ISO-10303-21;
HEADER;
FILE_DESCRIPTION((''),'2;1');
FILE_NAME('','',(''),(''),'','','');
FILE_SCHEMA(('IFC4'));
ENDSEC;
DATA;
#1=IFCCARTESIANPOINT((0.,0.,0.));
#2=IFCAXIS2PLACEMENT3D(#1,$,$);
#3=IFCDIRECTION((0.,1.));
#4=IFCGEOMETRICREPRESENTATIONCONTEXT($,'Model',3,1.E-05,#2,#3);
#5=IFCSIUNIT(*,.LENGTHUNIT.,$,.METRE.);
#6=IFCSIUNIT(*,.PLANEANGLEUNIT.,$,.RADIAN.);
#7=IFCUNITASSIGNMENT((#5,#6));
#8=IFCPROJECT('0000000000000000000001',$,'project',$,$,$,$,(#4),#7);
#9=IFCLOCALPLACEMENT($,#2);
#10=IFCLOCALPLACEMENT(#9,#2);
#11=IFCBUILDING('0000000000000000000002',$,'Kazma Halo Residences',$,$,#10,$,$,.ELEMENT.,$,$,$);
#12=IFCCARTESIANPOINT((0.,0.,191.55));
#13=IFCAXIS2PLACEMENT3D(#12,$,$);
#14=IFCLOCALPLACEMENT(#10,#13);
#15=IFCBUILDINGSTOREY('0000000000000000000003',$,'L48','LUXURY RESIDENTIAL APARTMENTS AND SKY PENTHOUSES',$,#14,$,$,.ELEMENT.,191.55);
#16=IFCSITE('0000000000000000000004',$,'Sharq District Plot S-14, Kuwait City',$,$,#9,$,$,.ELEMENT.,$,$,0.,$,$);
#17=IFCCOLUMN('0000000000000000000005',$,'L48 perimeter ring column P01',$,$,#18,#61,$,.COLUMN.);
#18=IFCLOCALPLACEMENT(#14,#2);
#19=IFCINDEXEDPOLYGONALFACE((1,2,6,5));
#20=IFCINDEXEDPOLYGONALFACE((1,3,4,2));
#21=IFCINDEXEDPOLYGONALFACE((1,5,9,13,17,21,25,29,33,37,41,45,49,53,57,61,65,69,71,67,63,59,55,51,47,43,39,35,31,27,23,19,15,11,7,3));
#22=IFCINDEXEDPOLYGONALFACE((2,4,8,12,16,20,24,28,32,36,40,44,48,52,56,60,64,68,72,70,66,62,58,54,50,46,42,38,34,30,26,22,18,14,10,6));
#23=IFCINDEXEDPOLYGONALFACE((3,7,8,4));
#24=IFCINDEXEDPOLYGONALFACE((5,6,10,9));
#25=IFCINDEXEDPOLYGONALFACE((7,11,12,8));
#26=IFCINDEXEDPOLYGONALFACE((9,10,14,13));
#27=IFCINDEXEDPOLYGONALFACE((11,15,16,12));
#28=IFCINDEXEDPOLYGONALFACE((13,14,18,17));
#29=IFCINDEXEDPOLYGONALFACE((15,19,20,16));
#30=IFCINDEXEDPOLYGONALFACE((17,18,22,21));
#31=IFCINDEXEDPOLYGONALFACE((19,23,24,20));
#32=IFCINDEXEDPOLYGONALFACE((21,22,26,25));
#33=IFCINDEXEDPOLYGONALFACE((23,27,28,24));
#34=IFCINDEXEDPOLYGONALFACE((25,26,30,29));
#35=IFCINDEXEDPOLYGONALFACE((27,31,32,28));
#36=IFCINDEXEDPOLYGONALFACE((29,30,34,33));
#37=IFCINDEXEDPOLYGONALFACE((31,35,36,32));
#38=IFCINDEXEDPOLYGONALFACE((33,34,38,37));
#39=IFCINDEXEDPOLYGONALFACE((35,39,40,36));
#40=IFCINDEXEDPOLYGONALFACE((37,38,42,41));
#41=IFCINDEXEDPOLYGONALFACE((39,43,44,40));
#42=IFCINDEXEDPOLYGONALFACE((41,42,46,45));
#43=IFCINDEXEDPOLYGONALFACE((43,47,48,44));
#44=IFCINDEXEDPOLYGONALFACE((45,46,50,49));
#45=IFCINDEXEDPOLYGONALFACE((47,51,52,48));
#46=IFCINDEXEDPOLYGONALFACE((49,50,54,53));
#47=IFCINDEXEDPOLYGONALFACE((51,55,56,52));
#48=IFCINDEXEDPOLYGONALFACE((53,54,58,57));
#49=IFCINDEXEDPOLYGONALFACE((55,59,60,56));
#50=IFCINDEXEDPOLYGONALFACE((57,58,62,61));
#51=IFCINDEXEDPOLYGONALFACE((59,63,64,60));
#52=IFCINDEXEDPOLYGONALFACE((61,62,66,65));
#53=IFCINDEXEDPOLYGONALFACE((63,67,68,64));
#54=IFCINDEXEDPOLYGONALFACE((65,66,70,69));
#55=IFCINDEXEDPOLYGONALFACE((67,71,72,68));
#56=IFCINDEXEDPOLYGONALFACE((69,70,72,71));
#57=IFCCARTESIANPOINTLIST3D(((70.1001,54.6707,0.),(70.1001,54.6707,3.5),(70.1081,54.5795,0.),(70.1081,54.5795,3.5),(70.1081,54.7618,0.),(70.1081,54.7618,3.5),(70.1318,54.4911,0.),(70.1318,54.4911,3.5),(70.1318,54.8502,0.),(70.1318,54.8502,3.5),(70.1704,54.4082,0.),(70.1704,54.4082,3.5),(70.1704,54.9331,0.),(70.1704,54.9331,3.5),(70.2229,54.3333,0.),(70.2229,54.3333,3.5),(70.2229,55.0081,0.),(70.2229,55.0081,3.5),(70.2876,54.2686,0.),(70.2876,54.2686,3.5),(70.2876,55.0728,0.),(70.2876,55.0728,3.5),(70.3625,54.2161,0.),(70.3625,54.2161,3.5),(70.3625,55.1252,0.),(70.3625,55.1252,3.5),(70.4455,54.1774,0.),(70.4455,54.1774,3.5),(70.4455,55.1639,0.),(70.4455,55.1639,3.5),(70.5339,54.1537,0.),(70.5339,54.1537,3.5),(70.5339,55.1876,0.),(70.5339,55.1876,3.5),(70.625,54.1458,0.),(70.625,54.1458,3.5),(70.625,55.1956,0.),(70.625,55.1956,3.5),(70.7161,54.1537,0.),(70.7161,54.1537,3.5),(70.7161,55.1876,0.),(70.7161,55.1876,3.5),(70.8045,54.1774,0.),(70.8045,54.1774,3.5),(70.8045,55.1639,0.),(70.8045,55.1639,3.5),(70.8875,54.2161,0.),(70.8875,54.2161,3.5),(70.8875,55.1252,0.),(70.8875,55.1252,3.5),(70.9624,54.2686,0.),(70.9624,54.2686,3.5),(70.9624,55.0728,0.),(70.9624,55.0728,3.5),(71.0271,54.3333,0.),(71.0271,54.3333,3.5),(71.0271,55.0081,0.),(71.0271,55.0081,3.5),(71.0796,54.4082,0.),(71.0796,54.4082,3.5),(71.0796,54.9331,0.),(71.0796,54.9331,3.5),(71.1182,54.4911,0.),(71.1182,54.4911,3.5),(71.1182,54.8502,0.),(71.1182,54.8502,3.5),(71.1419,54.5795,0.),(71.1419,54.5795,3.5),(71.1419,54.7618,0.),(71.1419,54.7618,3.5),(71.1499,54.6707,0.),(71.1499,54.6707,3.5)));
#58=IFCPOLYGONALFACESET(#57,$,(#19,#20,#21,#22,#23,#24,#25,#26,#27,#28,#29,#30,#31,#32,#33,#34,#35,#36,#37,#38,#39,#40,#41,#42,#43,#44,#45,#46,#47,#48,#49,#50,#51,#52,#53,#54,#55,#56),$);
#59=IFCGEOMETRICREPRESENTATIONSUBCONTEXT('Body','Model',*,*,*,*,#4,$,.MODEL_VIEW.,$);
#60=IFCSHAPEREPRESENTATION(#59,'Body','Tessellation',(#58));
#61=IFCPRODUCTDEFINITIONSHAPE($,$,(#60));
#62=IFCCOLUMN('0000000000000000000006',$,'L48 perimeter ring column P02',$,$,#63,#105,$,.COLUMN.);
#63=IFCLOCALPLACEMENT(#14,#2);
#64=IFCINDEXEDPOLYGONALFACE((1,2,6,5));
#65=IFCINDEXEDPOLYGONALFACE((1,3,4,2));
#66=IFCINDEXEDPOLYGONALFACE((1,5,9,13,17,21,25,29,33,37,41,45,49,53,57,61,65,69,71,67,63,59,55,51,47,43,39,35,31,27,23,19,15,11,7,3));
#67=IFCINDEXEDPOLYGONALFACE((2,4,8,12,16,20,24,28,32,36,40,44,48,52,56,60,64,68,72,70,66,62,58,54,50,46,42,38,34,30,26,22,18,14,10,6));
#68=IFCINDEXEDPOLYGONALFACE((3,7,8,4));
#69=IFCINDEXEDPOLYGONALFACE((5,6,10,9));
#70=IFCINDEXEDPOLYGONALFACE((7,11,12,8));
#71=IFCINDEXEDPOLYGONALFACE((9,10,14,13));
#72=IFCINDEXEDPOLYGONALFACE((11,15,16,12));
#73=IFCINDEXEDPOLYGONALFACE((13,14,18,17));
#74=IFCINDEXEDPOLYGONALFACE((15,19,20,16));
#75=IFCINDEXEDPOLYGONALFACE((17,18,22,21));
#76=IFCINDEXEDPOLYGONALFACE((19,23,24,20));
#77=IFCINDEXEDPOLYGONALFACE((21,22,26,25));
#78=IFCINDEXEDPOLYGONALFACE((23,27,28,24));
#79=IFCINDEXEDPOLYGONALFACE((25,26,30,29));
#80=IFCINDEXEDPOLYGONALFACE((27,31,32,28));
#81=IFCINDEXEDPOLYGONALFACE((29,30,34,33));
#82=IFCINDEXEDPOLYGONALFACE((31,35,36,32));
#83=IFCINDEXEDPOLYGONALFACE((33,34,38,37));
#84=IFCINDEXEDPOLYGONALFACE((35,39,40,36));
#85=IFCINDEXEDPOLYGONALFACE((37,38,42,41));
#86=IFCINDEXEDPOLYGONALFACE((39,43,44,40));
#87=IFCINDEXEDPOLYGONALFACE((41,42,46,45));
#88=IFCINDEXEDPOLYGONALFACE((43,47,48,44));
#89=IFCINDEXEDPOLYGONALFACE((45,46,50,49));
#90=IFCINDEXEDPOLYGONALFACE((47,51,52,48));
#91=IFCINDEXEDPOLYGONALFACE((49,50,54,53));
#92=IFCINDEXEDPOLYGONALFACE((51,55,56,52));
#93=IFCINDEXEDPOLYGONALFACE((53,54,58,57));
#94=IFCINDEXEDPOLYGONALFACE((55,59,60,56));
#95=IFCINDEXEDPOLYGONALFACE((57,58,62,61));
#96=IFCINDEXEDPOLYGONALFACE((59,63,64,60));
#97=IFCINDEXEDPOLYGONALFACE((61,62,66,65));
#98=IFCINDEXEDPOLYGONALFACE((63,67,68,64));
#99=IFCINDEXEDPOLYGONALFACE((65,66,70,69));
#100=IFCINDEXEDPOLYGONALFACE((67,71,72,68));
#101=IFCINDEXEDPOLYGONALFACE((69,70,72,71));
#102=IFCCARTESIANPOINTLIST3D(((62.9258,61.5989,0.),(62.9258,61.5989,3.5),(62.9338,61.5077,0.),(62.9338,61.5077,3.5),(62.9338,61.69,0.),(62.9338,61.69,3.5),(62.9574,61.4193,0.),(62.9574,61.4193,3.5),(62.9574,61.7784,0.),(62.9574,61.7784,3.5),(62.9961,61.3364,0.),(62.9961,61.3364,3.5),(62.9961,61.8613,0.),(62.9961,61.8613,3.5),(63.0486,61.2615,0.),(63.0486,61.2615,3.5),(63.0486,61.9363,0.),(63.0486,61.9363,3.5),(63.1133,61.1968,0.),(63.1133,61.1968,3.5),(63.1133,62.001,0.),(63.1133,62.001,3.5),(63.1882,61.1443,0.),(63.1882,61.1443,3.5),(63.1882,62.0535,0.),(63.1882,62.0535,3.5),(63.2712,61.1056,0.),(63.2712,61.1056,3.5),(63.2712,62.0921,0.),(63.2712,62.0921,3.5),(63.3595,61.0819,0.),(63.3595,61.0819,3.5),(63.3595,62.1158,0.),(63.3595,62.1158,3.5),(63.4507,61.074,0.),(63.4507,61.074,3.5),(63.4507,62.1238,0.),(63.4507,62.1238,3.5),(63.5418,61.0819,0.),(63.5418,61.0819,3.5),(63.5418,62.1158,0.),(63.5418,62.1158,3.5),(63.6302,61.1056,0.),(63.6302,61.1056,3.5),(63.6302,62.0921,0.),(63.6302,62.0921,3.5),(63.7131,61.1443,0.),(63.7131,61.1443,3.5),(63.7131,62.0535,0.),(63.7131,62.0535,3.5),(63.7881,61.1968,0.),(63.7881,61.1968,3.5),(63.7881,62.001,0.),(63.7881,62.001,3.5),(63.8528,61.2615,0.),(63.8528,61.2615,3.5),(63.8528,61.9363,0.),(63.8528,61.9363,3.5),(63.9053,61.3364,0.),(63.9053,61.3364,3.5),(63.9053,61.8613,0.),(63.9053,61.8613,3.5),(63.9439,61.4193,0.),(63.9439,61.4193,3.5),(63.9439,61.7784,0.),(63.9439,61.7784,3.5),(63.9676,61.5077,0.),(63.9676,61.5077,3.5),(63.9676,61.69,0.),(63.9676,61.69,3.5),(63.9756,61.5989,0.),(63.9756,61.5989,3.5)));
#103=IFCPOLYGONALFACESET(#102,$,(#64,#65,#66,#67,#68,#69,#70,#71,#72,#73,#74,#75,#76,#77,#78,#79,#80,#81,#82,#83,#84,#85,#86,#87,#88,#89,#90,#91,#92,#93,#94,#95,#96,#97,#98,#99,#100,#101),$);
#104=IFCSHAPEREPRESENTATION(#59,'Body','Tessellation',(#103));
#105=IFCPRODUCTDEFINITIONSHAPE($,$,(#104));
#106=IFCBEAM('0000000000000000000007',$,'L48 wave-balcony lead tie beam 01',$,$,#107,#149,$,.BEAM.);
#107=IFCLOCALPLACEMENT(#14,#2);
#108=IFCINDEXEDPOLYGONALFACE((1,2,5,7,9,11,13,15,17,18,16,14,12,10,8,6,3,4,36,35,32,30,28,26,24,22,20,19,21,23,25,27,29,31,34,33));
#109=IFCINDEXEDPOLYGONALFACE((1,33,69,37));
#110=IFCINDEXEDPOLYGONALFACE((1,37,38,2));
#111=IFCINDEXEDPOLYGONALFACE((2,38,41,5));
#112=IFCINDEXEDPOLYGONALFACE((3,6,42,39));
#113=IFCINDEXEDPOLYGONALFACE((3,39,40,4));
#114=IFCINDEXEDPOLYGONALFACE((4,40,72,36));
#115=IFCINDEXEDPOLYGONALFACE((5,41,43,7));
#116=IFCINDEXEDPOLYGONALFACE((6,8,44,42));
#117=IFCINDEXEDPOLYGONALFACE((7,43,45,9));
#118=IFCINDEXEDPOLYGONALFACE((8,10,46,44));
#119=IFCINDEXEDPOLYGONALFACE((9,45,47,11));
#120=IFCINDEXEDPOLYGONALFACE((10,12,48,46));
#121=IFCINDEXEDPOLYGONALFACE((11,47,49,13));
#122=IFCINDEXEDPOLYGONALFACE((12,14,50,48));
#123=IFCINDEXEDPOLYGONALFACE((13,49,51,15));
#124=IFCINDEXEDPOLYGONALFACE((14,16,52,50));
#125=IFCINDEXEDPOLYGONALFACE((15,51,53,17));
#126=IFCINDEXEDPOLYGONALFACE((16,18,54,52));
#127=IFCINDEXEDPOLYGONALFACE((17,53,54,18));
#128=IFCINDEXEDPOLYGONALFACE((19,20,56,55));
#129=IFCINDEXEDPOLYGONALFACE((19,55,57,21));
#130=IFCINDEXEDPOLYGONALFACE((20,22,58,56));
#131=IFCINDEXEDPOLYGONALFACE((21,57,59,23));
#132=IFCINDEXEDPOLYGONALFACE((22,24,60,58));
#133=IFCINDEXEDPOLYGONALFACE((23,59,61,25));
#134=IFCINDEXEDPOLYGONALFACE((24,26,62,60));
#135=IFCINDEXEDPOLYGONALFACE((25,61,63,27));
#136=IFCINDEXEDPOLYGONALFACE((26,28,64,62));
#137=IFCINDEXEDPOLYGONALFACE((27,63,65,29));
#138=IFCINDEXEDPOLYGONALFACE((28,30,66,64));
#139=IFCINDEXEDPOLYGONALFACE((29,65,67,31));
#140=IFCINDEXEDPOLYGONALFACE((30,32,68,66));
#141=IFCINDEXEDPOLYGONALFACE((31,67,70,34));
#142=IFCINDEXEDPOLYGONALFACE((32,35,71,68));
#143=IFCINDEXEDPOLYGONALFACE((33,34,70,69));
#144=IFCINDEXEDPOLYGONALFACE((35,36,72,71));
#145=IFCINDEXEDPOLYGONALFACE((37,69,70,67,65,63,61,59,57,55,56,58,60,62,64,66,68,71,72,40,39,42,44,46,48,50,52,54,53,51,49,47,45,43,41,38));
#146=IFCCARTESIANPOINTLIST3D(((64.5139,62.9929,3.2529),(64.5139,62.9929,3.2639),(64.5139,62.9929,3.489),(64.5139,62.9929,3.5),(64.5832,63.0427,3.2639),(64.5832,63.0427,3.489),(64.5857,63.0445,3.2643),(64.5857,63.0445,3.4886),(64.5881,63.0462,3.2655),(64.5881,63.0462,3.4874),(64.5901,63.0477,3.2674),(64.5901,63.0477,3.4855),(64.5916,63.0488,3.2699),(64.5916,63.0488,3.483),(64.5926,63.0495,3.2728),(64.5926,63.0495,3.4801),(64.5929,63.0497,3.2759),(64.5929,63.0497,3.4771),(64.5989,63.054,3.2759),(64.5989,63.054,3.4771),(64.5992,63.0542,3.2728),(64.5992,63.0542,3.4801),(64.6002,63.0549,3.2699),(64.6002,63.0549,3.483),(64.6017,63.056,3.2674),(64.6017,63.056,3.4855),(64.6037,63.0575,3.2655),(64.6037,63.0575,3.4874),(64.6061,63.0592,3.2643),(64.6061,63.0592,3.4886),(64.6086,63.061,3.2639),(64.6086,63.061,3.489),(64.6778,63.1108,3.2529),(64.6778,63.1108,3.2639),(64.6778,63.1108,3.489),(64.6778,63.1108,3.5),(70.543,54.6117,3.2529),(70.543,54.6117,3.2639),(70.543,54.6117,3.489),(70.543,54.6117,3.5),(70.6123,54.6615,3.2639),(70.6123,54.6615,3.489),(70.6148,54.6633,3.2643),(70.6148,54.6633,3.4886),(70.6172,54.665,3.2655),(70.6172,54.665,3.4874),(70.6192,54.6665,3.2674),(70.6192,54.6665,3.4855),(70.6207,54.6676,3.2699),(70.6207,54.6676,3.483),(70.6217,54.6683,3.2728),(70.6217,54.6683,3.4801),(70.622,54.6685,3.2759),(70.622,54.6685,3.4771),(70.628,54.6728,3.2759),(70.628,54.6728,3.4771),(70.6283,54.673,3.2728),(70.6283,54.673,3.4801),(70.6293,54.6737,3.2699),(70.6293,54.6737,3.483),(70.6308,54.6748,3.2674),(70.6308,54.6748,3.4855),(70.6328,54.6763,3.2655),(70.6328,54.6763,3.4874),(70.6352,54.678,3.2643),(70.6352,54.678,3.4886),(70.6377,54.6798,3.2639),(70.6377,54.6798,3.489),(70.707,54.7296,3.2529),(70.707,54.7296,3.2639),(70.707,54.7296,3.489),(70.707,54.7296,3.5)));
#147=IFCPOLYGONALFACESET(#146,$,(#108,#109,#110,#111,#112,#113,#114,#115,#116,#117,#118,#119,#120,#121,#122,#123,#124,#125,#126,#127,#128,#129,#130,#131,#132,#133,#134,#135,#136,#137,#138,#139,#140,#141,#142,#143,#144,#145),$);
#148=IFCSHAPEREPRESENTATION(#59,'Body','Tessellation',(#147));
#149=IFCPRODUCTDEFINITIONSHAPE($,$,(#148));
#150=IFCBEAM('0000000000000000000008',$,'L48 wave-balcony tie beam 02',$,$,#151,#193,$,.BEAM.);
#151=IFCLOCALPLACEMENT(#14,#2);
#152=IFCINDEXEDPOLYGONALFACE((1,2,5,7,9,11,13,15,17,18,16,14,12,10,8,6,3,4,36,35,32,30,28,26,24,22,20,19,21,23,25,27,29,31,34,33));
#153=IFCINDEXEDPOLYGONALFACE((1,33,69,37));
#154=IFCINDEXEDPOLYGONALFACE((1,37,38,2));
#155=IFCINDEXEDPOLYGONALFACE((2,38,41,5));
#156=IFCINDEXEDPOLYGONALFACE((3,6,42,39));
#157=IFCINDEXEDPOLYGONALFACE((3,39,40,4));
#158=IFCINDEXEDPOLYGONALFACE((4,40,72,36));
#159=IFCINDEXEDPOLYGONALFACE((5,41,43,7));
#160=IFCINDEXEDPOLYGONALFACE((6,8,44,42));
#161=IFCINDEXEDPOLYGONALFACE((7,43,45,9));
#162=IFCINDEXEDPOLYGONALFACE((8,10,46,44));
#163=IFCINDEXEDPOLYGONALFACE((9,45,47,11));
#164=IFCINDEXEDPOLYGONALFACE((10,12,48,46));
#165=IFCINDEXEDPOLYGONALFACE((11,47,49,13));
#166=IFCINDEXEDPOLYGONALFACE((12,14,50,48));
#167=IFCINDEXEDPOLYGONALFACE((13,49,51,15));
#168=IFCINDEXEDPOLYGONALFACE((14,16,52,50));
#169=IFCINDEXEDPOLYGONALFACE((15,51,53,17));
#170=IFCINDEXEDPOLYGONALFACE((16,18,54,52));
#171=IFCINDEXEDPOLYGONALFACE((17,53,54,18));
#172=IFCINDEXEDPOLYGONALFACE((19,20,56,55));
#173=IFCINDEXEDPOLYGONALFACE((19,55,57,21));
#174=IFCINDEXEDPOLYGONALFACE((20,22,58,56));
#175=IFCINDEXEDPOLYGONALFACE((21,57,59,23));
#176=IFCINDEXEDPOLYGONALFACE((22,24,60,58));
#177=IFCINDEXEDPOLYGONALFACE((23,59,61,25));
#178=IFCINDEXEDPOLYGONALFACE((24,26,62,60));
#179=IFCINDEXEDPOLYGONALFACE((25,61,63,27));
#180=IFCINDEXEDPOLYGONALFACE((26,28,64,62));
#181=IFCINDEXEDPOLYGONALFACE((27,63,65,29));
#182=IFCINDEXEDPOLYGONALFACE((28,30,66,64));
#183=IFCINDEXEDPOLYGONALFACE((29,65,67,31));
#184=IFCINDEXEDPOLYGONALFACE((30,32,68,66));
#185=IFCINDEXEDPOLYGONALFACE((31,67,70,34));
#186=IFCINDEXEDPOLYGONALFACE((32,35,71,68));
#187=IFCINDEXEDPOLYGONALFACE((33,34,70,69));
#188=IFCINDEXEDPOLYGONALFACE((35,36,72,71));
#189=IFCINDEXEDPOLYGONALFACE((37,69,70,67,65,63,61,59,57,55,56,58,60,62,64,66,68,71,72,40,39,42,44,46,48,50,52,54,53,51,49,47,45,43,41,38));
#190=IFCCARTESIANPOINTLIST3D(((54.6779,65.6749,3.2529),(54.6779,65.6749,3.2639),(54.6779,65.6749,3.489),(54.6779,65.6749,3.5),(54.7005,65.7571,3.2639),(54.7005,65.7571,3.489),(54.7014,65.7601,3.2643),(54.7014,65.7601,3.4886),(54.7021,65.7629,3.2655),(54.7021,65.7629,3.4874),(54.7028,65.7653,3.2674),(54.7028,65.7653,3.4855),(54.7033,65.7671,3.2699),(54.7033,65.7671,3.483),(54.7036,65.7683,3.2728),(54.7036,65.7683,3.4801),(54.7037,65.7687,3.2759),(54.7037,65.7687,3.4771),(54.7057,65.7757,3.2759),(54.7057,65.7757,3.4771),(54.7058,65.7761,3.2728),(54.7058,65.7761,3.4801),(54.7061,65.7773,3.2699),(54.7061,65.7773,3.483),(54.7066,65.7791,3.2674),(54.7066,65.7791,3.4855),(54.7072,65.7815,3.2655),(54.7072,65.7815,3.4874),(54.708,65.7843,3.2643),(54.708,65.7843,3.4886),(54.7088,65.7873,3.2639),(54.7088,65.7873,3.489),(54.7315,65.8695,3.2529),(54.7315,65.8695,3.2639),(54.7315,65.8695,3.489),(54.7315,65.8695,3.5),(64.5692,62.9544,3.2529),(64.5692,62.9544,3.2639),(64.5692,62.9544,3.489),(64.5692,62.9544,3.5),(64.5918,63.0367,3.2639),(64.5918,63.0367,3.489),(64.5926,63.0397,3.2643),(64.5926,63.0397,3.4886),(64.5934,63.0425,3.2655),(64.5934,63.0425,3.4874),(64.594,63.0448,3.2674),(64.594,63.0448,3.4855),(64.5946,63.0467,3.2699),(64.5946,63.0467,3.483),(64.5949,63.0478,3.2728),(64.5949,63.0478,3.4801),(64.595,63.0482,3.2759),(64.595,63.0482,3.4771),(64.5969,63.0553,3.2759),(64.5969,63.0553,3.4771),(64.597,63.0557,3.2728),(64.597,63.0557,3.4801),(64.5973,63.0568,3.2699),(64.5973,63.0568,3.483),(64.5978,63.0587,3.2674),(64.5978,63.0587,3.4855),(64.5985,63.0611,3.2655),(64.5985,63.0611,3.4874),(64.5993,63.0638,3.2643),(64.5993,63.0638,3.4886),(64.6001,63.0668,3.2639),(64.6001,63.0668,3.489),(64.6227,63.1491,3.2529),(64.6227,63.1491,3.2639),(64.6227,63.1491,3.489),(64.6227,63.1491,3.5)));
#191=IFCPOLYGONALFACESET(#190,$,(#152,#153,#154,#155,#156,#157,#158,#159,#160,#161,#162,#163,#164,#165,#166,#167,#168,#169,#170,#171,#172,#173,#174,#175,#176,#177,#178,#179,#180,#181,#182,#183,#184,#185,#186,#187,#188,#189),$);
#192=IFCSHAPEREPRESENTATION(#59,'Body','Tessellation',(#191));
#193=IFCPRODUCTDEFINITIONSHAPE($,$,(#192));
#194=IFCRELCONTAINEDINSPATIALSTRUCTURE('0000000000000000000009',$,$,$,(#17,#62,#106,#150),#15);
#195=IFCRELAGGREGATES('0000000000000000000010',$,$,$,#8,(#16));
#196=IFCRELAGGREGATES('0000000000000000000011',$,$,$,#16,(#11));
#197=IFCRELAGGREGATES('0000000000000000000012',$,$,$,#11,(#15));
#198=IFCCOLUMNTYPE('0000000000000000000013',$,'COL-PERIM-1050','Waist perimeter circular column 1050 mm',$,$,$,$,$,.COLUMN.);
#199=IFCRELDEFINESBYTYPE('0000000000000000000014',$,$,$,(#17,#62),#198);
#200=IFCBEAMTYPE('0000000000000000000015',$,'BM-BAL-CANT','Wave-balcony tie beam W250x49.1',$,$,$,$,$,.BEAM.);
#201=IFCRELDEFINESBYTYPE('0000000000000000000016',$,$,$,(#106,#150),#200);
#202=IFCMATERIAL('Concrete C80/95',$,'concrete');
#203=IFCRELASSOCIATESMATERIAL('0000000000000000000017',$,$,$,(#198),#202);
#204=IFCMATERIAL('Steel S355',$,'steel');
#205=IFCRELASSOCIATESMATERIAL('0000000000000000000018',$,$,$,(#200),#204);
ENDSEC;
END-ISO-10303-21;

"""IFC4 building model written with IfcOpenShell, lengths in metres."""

from ifc_helpers import new_model, si_unit, direction, frame, origin, origin_2d, place, context, subcontext, project, spatial, circle, i_section, extrude, material, material_profile, profile_set, type_object, element, save


model = new_model("IFC4")

# Units and contexts
model_context = context("Model", 3, precision=1e-05, world=origin(), true_north=direction((0.0, 1.0)))
body_context = subcontext(model_context, "Body", "Model", "MODEL_VIEW")
ifc_project = project(units=[si_unit("LENGTHUNIT", "METRE"), si_unit("PLANEANGLEUNIT", "RADIAN")], contexts=[model_context])

# Site, building, storey
site_placement = place(None, origin())
site = spatial("IfcSite", under=ifc_project, at=site_placement, Name="Sharq District Plot S-14, Kuwait City", CompositionType="ELEMENT", RefElevation=0.0)
building_placement = place(site_placement, origin())
building = spatial("IfcBuilding", under=site, at=building_placement, Name="Kazma Halo Residences", CompositionType="ELEMENT")
storey_placement = place(building_placement, frame((0.0, 0.0, 191.55)))
storey = spatial("IfcBuildingStorey", under=building, at=storey_placement, Name="L48", Description="LUXURY RESIDENTIAL APARTMENTS AND SKY PENTHOUSES", CompositionType="ELEMENT", Elevation=191.55)

# Columns
ifc_material_1 = material(Name="Concrete C80/95", Category="concrete")
ifc_material_profile_1 = material_profile(ifc_material_1, circle(Radius=0.5249, at=origin_2d()), Name="CIRC1050")
ifc_profile_set_1 = profile_set([ifc_material_profile_1], Name="Concrete C80/95")
column_type = type_object("IfcColumnType", Name="COL-PERIM-1050", Description="Waist perimeter circular column 1050 mm", PredefinedType="COLUMN", material=ifc_profile_set_1)
for number, where, z_axis, x_axis, name in (
    (1, (70.625, 54.6707, 0.0), (0.0, 0.0, 1.0), (1.0, 0.0, 0.0), "L48 perimeter ring column P01"),
    (2, (63.4507, 61.5989, 0.0), (0.0, 0.0, 1.0), (1.0, 0.0, 0.0), "L48 perimeter ring column P02"),
):
    element("IfcColumn", number, at=place(storey_placement, frame(where, z_axis=z_axis, x_axis=x_axis)), inside=storey, type_object=column_type, Name=name, PredefinedType="COLUMN", context=body_context, shape_type="SweptSolid", body=[
        extrude(circle(Radius=0.5249, at=origin_2d()), origin(), (0.0, 0.0, 1.0), 3.5),
    ])

# Beams
ifc_material_2 = material(Name="Steel S355", Category="steel")
ifc_material_profile_2 = material_profile(ifc_material_2, i_section(OverallWidth=0.2019, OverallDepth=0.2471, WebThickness=0.0073, FlangeThickness=0.011, FilletRadius=0.012, at=origin_2d()), Name="W250x49.1")
ifc_profile_set_2 = profile_set([ifc_material_profile_2], Name="Steel S355")
beam_type_1 = type_object("IfcBeamType", Name="BM-BAL-CANT", Description="Wave-balcony tie beam W250x49.1", PredefinedType="BEAM", material=ifc_profile_set_2)
beam_1_placement = place(storey_placement, frame((70.625, 54.6707, 3.3765), z_axis=(-0.583964, 0.81178, 0.0), x_axis=(-0.81178, -0.583964, 0.0)))
element("IfcBeam", 3, at=beam_1_placement, inside=storey, type_object=beam_type_1, Name="L48 wave-balcony lead tie beam 01", PredefinedType="BEAM", context=body_context, shape_type="SweptSolid", body=[
    extrude(i_section(OverallWidth=0.2019, OverallDepth=0.2471, WebThickness=0.0073, FlangeThickness=0.011, FilletRadius=0.012, at=origin_2d()), origin(), (0.0, 0.0, 1.0), 10.3245),
])
beam_2_placement = place(storey_placement, frame((64.5959, 63.0518, 3.3765), z_axis=(-0.964197, 0.265187, 0.0), x_axis=(-0.265187, -0.964197, 0.0)))
element("IfcBeam", 4, at=beam_2_placement, inside=storey, type_object=beam_type_1, Name="L48 wave-balcony tie beam 02", PredefinedType="BEAM", context=body_context, shape_type="SweptSolid", body=[
    extrude(i_section(OverallWidth=0.2019, OverallDepth=0.2471, WebThickness=0.0073, FlangeThickness=0.011, FilletRadius=0.012, at=origin_2d()), origin(), (0.0, 0.0, 1.0), 10.2585),
])

save(model, "model.ifc")
